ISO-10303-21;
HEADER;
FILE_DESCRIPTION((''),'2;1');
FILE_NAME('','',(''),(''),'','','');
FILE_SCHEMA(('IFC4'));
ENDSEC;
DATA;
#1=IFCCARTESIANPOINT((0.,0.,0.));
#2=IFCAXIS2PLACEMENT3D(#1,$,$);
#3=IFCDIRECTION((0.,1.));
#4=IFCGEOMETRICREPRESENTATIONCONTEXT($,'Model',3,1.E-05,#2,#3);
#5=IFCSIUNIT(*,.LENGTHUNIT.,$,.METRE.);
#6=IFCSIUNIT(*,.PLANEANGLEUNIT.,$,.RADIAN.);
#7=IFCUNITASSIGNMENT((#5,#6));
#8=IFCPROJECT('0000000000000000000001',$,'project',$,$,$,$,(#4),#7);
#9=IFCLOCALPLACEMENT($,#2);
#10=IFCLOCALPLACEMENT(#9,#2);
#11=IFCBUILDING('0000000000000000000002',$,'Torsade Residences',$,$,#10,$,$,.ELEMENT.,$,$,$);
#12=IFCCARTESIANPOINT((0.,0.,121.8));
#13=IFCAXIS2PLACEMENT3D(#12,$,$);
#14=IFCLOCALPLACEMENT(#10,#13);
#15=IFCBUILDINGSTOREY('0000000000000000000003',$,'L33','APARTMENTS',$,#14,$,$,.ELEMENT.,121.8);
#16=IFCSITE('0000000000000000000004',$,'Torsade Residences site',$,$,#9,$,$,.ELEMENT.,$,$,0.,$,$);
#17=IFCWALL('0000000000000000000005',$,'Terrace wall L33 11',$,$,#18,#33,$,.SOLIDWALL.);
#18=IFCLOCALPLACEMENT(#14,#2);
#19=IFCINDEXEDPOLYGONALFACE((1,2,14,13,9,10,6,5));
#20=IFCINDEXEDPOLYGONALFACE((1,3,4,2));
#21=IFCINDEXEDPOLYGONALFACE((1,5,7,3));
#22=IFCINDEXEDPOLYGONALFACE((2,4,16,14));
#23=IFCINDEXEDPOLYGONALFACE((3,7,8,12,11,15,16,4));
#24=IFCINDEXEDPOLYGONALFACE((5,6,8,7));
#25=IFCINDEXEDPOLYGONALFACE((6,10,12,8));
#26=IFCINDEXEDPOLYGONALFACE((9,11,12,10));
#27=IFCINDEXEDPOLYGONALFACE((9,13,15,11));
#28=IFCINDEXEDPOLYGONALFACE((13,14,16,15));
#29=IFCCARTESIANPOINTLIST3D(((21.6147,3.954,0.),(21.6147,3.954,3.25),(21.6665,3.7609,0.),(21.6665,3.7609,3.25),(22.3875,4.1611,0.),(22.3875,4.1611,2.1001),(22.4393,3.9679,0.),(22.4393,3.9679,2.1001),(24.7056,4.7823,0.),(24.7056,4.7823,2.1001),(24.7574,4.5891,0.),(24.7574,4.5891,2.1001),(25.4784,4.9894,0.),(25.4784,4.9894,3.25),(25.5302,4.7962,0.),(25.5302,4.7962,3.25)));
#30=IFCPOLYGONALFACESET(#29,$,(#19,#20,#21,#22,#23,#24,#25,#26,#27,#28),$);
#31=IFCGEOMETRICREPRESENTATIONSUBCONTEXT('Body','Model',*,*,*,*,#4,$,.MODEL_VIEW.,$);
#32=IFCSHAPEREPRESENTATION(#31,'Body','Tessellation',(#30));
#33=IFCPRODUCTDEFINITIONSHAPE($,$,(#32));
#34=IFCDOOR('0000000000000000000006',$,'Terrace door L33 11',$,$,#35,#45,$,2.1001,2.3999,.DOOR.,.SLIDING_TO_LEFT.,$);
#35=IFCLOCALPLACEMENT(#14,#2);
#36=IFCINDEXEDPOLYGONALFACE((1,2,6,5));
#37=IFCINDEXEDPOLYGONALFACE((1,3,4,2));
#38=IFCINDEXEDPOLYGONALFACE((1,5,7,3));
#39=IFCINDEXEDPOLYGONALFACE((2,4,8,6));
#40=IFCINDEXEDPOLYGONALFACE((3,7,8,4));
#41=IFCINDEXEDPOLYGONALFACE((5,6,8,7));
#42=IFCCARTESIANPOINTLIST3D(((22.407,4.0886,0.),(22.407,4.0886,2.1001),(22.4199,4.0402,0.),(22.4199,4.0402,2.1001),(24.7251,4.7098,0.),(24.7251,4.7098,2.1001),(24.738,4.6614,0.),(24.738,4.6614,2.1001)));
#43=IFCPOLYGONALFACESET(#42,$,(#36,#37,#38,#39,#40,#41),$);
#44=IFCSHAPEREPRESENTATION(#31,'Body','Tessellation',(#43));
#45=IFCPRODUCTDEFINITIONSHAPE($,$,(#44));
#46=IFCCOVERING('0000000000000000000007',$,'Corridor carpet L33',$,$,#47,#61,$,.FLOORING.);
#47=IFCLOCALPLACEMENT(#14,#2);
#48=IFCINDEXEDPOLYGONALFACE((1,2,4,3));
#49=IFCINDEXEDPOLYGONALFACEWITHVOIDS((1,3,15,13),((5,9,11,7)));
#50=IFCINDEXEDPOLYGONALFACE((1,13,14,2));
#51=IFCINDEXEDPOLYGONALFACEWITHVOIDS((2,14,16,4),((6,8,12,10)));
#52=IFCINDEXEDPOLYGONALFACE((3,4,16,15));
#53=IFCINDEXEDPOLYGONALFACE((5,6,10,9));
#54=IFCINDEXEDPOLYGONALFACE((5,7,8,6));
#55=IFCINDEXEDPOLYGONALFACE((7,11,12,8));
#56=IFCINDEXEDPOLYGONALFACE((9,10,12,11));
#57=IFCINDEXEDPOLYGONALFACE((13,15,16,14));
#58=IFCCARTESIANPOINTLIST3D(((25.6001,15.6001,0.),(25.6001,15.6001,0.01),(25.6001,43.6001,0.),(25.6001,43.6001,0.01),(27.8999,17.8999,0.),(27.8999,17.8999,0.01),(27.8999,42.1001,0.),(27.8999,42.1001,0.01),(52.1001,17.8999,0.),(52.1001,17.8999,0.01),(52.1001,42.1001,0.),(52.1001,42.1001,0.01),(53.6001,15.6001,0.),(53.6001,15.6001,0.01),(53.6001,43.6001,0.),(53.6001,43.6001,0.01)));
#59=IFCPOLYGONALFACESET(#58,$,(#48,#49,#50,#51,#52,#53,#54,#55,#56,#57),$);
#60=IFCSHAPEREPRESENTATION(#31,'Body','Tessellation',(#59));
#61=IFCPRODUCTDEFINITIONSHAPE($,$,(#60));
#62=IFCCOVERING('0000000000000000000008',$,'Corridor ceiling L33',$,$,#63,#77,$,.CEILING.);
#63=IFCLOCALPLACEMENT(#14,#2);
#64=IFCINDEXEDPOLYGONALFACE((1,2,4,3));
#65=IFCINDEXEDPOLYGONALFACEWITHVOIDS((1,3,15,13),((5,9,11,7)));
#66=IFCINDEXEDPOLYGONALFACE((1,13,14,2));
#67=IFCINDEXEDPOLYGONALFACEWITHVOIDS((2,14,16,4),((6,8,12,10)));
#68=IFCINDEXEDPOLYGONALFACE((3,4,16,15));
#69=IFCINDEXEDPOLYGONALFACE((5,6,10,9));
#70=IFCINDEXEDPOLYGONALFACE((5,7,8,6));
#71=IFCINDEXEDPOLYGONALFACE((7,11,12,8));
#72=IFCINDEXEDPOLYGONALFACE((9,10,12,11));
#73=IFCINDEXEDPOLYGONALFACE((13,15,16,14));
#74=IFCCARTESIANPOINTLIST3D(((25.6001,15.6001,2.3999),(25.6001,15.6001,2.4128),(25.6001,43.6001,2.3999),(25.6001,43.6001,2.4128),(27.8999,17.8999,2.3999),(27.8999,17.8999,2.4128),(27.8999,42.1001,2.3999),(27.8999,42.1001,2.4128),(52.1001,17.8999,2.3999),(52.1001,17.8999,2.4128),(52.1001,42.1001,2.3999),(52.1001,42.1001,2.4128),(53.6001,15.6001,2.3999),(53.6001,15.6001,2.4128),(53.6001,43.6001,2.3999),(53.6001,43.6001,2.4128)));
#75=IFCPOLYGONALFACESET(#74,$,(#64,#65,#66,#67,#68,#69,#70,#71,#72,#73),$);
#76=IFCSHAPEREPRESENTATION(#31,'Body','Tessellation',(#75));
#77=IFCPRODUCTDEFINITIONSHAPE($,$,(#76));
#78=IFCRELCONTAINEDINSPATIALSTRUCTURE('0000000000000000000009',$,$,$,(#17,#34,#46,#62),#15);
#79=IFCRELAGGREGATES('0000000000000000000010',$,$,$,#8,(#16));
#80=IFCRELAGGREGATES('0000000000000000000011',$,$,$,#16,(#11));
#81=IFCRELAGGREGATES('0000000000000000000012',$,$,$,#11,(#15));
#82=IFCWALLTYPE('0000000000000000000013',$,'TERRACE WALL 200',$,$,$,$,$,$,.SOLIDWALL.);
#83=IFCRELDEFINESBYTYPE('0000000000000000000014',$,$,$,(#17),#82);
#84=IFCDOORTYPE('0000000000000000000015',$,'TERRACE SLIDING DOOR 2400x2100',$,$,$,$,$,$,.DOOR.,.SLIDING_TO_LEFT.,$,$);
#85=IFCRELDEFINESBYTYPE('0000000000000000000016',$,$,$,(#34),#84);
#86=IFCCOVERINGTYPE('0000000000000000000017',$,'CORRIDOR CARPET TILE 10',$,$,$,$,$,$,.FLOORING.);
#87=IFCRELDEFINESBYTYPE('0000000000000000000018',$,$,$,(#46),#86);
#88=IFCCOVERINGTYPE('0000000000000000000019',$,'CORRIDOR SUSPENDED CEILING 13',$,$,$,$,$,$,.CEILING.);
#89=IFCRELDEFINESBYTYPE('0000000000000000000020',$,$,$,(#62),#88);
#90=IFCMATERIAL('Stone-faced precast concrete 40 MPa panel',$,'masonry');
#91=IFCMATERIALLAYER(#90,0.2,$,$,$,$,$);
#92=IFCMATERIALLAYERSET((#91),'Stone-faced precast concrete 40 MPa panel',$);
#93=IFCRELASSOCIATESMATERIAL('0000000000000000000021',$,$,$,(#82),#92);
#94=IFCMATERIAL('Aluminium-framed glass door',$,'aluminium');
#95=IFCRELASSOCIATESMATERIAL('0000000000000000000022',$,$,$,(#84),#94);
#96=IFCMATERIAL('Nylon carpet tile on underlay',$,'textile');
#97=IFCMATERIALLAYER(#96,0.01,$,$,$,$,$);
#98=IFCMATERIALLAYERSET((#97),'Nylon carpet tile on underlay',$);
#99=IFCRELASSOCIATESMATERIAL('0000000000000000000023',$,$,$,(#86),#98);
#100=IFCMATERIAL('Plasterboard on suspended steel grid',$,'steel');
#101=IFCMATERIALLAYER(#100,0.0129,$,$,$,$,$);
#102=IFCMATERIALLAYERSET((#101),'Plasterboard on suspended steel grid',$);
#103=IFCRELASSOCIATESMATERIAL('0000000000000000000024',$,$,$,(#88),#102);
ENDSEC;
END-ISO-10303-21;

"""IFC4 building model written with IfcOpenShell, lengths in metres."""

from ifc_helpers import new_model, si_unit, direction, frame, frame_2d, origin, place, context, subcontext, project, spatial, polyline, rectangle, outline, extrude, material, layer, layer_set, type_object, element, fill, save


model = new_model("IFC4")

# Units and contexts
model_context = context("Model", 3, precision=1e-05, world=origin(), true_north=direction((0.0, 1.0)))
body_context = subcontext(model_context, "Body", "Model", "MODEL_VIEW")
ifc_project = project(units=[si_unit("LENGTHUNIT", "METRE"), si_unit("PLANEANGLEUNIT", "RADIAN")], contexts=[model_context])

# Site, building, storey
site_placement = place(None, origin())
site = spatial("IfcSite", under=ifc_project, at=site_placement, Name="Torsade Residences site", CompositionType="ELEMENT", RefElevation=0.0)
building_placement = place(site_placement, origin())
building = spatial("IfcBuilding", under=site, at=building_placement, Name="Torsade Residences", CompositionType="ELEMENT")
storey_placement = place(building_placement, frame((0.0, 0.0, 121.8)))
storey = spatial("IfcBuildingStorey", under=building, at=storey_placement, Name="L33", Description="APARTMENTS", CompositionType="ELEMENT", Elevation=121.8)

# Wall, opening, door
ifc_material_1 = material(Name="Stone-faced precast concrete 40 MPa panel", Category="masonry")
ifc_layer_1 = layer(ifc_material_1, 0.2)
ifc_layer_set_1 = layer_set([ifc_layer_1], Name="Stone-faced precast concrete 40 MPa panel")
wall_type_1 = type_object("IfcWallType", Name="TERRACE WALL 200", PredefinedType="SOLIDWALL", material=ifc_layer_set_1)
wall_1_placement = place(storey_placement, frame((21.6406, 3.8574, 0.0), z_axis=(0.0, 0.0, 1.0), x_axis=(0.965919, 0.258844, 0.0)))
wall_1 = element("IfcWall", 1, at=wall_1_placement, inside=storey, type_object=wall_type_1, Name="Terrace wall L33 11", PredefinedType="SOLIDWALL", context=body_context, shape_type="SweptSolid", body=[
    extrude(rectangle(XDim=4.0, YDim=0.2, at=frame_2d((2.0, 0.0))), origin(), (0.0, 0.0, 1.0), 3.25),
])
opening_1_placement = place(wall_1_placement, frame((0.8, 0.0, 0.0)))
opening_1 = element("IfcOpeningElement", 2, at=opening_1_placement, cuts=wall_1, PredefinedType="OPENING", context=body_context, shape_type="SweptSolid", body=[
    extrude(rectangle(XDim=2.3999, YDim=2.1001, at=frame_2d((1.2, 1.05))), frame((0.0, 0.1099, 0.0), z_axis=(0.0, -1.0, 0.0), x_axis=(1.0, 0.0, 0.0)), (0.0, 0.0, 1.0), 0.22),
])
ifc_material_2 = material(Name="Aluminium-framed glass door", Category="aluminium")
door_type_1 = type_object("IfcDoorType", Name="TERRACE SLIDING DOOR 2400x2100", OperationType="SLIDING_TO_LEFT", PredefinedType="DOOR", material=ifc_material_2)
door_1_placement = place(opening_1_placement, origin())
door_1 = element("IfcDoor", 3, at=door_1_placement, inside=storey, type_object=door_type_1, Name="Terrace door L33 11", OperationType="SLIDING_TO_LEFT", OverallHeight=2.1001, OverallWidth=2.3999, PredefinedType="DOOR", context=body_context, shape_type="SweptSolid", body=[
    extrude(rectangle(XDim=2.3999, YDim=2.1001, at=frame_2d((1.2, 1.05))), frame((0.0, 0.0249, 0.0), z_axis=(0.0, -1.0, 0.0), x_axis=(1.0, 0.0, 0.0)), (0.0, 0.0, 1.0), 0.05),
])
fill(opening_1, door_1)

# Coverings
ifc_material_3 = material(Name="Nylon carpet tile on underlay", Category="textile")
ifc_layer_2 = layer(ifc_material_3, 0.01)
ifc_layer_set_2 = layer_set([ifc_layer_2], Name="Nylon carpet tile on underlay")
covering_type_1 = type_object("IfcCoveringType", Name="CORRIDOR CARPET TILE 10", PredefinedType="FLOORING", material=ifc_layer_set_2)
covering_1_placement = place(storey_placement, origin())
element("IfcCovering", 4, at=covering_1_placement, inside=storey, type_object=covering_type_1, Name="Corridor carpet L33", PredefinedType="FLOORING", context=body_context, shape_type="SweptSolid", body=[
    extrude(outline(polyline([(53.6001, 15.6001), (53.6001, 43.6001), (25.6001, 43.6001), (25.6001, 15.6001), (53.6001, 15.6001)]), holes=[polyline([(52.1001, 42.1001), (27.8999, 42.1001), (27.8999, 17.8999), (52.1001, 17.8999), (52.1001, 42.1001)])]), origin(), (0.0, 0.0, 1.0), 0.01),
])
ifc_material_4 = material(Name="Plasterboard on suspended steel grid", Category="steel")
ifc_layer_3 = layer(ifc_material_4, 0.0129)
ifc_layer_set_3 = layer_set([ifc_layer_3], Name="Plasterboard on suspended steel grid")
covering_type_2 = type_object("IfcCoveringType", Name="CORRIDOR SUSPENDED CEILING 13", PredefinedType="CEILING", material=ifc_layer_set_3)
covering_2_placement = place(storey_placement, frame((0.0, 0.0, 2.3999)))
element("IfcCovering", 5, at=covering_2_placement, inside=storey, type_object=covering_type_2, Name="Corridor ceiling L33", PredefinedType="CEILING", context=body_context, shape_type="SweptSolid", body=[
    extrude(outline(polyline([(53.6001, 15.6001), (53.6001, 43.6001), (25.6001, 43.6001), (25.6001, 15.6001), (53.6001, 15.6001)]), holes=[polyline([(52.1001, 42.1001), (27.8999, 42.1001), (27.8999, 17.8999), (52.1001, 17.8999), (52.1001, 42.1001)])]), origin(), (0.0, 0.0, 1.0), 0.0129),
])

save(model, "model.ifc")
